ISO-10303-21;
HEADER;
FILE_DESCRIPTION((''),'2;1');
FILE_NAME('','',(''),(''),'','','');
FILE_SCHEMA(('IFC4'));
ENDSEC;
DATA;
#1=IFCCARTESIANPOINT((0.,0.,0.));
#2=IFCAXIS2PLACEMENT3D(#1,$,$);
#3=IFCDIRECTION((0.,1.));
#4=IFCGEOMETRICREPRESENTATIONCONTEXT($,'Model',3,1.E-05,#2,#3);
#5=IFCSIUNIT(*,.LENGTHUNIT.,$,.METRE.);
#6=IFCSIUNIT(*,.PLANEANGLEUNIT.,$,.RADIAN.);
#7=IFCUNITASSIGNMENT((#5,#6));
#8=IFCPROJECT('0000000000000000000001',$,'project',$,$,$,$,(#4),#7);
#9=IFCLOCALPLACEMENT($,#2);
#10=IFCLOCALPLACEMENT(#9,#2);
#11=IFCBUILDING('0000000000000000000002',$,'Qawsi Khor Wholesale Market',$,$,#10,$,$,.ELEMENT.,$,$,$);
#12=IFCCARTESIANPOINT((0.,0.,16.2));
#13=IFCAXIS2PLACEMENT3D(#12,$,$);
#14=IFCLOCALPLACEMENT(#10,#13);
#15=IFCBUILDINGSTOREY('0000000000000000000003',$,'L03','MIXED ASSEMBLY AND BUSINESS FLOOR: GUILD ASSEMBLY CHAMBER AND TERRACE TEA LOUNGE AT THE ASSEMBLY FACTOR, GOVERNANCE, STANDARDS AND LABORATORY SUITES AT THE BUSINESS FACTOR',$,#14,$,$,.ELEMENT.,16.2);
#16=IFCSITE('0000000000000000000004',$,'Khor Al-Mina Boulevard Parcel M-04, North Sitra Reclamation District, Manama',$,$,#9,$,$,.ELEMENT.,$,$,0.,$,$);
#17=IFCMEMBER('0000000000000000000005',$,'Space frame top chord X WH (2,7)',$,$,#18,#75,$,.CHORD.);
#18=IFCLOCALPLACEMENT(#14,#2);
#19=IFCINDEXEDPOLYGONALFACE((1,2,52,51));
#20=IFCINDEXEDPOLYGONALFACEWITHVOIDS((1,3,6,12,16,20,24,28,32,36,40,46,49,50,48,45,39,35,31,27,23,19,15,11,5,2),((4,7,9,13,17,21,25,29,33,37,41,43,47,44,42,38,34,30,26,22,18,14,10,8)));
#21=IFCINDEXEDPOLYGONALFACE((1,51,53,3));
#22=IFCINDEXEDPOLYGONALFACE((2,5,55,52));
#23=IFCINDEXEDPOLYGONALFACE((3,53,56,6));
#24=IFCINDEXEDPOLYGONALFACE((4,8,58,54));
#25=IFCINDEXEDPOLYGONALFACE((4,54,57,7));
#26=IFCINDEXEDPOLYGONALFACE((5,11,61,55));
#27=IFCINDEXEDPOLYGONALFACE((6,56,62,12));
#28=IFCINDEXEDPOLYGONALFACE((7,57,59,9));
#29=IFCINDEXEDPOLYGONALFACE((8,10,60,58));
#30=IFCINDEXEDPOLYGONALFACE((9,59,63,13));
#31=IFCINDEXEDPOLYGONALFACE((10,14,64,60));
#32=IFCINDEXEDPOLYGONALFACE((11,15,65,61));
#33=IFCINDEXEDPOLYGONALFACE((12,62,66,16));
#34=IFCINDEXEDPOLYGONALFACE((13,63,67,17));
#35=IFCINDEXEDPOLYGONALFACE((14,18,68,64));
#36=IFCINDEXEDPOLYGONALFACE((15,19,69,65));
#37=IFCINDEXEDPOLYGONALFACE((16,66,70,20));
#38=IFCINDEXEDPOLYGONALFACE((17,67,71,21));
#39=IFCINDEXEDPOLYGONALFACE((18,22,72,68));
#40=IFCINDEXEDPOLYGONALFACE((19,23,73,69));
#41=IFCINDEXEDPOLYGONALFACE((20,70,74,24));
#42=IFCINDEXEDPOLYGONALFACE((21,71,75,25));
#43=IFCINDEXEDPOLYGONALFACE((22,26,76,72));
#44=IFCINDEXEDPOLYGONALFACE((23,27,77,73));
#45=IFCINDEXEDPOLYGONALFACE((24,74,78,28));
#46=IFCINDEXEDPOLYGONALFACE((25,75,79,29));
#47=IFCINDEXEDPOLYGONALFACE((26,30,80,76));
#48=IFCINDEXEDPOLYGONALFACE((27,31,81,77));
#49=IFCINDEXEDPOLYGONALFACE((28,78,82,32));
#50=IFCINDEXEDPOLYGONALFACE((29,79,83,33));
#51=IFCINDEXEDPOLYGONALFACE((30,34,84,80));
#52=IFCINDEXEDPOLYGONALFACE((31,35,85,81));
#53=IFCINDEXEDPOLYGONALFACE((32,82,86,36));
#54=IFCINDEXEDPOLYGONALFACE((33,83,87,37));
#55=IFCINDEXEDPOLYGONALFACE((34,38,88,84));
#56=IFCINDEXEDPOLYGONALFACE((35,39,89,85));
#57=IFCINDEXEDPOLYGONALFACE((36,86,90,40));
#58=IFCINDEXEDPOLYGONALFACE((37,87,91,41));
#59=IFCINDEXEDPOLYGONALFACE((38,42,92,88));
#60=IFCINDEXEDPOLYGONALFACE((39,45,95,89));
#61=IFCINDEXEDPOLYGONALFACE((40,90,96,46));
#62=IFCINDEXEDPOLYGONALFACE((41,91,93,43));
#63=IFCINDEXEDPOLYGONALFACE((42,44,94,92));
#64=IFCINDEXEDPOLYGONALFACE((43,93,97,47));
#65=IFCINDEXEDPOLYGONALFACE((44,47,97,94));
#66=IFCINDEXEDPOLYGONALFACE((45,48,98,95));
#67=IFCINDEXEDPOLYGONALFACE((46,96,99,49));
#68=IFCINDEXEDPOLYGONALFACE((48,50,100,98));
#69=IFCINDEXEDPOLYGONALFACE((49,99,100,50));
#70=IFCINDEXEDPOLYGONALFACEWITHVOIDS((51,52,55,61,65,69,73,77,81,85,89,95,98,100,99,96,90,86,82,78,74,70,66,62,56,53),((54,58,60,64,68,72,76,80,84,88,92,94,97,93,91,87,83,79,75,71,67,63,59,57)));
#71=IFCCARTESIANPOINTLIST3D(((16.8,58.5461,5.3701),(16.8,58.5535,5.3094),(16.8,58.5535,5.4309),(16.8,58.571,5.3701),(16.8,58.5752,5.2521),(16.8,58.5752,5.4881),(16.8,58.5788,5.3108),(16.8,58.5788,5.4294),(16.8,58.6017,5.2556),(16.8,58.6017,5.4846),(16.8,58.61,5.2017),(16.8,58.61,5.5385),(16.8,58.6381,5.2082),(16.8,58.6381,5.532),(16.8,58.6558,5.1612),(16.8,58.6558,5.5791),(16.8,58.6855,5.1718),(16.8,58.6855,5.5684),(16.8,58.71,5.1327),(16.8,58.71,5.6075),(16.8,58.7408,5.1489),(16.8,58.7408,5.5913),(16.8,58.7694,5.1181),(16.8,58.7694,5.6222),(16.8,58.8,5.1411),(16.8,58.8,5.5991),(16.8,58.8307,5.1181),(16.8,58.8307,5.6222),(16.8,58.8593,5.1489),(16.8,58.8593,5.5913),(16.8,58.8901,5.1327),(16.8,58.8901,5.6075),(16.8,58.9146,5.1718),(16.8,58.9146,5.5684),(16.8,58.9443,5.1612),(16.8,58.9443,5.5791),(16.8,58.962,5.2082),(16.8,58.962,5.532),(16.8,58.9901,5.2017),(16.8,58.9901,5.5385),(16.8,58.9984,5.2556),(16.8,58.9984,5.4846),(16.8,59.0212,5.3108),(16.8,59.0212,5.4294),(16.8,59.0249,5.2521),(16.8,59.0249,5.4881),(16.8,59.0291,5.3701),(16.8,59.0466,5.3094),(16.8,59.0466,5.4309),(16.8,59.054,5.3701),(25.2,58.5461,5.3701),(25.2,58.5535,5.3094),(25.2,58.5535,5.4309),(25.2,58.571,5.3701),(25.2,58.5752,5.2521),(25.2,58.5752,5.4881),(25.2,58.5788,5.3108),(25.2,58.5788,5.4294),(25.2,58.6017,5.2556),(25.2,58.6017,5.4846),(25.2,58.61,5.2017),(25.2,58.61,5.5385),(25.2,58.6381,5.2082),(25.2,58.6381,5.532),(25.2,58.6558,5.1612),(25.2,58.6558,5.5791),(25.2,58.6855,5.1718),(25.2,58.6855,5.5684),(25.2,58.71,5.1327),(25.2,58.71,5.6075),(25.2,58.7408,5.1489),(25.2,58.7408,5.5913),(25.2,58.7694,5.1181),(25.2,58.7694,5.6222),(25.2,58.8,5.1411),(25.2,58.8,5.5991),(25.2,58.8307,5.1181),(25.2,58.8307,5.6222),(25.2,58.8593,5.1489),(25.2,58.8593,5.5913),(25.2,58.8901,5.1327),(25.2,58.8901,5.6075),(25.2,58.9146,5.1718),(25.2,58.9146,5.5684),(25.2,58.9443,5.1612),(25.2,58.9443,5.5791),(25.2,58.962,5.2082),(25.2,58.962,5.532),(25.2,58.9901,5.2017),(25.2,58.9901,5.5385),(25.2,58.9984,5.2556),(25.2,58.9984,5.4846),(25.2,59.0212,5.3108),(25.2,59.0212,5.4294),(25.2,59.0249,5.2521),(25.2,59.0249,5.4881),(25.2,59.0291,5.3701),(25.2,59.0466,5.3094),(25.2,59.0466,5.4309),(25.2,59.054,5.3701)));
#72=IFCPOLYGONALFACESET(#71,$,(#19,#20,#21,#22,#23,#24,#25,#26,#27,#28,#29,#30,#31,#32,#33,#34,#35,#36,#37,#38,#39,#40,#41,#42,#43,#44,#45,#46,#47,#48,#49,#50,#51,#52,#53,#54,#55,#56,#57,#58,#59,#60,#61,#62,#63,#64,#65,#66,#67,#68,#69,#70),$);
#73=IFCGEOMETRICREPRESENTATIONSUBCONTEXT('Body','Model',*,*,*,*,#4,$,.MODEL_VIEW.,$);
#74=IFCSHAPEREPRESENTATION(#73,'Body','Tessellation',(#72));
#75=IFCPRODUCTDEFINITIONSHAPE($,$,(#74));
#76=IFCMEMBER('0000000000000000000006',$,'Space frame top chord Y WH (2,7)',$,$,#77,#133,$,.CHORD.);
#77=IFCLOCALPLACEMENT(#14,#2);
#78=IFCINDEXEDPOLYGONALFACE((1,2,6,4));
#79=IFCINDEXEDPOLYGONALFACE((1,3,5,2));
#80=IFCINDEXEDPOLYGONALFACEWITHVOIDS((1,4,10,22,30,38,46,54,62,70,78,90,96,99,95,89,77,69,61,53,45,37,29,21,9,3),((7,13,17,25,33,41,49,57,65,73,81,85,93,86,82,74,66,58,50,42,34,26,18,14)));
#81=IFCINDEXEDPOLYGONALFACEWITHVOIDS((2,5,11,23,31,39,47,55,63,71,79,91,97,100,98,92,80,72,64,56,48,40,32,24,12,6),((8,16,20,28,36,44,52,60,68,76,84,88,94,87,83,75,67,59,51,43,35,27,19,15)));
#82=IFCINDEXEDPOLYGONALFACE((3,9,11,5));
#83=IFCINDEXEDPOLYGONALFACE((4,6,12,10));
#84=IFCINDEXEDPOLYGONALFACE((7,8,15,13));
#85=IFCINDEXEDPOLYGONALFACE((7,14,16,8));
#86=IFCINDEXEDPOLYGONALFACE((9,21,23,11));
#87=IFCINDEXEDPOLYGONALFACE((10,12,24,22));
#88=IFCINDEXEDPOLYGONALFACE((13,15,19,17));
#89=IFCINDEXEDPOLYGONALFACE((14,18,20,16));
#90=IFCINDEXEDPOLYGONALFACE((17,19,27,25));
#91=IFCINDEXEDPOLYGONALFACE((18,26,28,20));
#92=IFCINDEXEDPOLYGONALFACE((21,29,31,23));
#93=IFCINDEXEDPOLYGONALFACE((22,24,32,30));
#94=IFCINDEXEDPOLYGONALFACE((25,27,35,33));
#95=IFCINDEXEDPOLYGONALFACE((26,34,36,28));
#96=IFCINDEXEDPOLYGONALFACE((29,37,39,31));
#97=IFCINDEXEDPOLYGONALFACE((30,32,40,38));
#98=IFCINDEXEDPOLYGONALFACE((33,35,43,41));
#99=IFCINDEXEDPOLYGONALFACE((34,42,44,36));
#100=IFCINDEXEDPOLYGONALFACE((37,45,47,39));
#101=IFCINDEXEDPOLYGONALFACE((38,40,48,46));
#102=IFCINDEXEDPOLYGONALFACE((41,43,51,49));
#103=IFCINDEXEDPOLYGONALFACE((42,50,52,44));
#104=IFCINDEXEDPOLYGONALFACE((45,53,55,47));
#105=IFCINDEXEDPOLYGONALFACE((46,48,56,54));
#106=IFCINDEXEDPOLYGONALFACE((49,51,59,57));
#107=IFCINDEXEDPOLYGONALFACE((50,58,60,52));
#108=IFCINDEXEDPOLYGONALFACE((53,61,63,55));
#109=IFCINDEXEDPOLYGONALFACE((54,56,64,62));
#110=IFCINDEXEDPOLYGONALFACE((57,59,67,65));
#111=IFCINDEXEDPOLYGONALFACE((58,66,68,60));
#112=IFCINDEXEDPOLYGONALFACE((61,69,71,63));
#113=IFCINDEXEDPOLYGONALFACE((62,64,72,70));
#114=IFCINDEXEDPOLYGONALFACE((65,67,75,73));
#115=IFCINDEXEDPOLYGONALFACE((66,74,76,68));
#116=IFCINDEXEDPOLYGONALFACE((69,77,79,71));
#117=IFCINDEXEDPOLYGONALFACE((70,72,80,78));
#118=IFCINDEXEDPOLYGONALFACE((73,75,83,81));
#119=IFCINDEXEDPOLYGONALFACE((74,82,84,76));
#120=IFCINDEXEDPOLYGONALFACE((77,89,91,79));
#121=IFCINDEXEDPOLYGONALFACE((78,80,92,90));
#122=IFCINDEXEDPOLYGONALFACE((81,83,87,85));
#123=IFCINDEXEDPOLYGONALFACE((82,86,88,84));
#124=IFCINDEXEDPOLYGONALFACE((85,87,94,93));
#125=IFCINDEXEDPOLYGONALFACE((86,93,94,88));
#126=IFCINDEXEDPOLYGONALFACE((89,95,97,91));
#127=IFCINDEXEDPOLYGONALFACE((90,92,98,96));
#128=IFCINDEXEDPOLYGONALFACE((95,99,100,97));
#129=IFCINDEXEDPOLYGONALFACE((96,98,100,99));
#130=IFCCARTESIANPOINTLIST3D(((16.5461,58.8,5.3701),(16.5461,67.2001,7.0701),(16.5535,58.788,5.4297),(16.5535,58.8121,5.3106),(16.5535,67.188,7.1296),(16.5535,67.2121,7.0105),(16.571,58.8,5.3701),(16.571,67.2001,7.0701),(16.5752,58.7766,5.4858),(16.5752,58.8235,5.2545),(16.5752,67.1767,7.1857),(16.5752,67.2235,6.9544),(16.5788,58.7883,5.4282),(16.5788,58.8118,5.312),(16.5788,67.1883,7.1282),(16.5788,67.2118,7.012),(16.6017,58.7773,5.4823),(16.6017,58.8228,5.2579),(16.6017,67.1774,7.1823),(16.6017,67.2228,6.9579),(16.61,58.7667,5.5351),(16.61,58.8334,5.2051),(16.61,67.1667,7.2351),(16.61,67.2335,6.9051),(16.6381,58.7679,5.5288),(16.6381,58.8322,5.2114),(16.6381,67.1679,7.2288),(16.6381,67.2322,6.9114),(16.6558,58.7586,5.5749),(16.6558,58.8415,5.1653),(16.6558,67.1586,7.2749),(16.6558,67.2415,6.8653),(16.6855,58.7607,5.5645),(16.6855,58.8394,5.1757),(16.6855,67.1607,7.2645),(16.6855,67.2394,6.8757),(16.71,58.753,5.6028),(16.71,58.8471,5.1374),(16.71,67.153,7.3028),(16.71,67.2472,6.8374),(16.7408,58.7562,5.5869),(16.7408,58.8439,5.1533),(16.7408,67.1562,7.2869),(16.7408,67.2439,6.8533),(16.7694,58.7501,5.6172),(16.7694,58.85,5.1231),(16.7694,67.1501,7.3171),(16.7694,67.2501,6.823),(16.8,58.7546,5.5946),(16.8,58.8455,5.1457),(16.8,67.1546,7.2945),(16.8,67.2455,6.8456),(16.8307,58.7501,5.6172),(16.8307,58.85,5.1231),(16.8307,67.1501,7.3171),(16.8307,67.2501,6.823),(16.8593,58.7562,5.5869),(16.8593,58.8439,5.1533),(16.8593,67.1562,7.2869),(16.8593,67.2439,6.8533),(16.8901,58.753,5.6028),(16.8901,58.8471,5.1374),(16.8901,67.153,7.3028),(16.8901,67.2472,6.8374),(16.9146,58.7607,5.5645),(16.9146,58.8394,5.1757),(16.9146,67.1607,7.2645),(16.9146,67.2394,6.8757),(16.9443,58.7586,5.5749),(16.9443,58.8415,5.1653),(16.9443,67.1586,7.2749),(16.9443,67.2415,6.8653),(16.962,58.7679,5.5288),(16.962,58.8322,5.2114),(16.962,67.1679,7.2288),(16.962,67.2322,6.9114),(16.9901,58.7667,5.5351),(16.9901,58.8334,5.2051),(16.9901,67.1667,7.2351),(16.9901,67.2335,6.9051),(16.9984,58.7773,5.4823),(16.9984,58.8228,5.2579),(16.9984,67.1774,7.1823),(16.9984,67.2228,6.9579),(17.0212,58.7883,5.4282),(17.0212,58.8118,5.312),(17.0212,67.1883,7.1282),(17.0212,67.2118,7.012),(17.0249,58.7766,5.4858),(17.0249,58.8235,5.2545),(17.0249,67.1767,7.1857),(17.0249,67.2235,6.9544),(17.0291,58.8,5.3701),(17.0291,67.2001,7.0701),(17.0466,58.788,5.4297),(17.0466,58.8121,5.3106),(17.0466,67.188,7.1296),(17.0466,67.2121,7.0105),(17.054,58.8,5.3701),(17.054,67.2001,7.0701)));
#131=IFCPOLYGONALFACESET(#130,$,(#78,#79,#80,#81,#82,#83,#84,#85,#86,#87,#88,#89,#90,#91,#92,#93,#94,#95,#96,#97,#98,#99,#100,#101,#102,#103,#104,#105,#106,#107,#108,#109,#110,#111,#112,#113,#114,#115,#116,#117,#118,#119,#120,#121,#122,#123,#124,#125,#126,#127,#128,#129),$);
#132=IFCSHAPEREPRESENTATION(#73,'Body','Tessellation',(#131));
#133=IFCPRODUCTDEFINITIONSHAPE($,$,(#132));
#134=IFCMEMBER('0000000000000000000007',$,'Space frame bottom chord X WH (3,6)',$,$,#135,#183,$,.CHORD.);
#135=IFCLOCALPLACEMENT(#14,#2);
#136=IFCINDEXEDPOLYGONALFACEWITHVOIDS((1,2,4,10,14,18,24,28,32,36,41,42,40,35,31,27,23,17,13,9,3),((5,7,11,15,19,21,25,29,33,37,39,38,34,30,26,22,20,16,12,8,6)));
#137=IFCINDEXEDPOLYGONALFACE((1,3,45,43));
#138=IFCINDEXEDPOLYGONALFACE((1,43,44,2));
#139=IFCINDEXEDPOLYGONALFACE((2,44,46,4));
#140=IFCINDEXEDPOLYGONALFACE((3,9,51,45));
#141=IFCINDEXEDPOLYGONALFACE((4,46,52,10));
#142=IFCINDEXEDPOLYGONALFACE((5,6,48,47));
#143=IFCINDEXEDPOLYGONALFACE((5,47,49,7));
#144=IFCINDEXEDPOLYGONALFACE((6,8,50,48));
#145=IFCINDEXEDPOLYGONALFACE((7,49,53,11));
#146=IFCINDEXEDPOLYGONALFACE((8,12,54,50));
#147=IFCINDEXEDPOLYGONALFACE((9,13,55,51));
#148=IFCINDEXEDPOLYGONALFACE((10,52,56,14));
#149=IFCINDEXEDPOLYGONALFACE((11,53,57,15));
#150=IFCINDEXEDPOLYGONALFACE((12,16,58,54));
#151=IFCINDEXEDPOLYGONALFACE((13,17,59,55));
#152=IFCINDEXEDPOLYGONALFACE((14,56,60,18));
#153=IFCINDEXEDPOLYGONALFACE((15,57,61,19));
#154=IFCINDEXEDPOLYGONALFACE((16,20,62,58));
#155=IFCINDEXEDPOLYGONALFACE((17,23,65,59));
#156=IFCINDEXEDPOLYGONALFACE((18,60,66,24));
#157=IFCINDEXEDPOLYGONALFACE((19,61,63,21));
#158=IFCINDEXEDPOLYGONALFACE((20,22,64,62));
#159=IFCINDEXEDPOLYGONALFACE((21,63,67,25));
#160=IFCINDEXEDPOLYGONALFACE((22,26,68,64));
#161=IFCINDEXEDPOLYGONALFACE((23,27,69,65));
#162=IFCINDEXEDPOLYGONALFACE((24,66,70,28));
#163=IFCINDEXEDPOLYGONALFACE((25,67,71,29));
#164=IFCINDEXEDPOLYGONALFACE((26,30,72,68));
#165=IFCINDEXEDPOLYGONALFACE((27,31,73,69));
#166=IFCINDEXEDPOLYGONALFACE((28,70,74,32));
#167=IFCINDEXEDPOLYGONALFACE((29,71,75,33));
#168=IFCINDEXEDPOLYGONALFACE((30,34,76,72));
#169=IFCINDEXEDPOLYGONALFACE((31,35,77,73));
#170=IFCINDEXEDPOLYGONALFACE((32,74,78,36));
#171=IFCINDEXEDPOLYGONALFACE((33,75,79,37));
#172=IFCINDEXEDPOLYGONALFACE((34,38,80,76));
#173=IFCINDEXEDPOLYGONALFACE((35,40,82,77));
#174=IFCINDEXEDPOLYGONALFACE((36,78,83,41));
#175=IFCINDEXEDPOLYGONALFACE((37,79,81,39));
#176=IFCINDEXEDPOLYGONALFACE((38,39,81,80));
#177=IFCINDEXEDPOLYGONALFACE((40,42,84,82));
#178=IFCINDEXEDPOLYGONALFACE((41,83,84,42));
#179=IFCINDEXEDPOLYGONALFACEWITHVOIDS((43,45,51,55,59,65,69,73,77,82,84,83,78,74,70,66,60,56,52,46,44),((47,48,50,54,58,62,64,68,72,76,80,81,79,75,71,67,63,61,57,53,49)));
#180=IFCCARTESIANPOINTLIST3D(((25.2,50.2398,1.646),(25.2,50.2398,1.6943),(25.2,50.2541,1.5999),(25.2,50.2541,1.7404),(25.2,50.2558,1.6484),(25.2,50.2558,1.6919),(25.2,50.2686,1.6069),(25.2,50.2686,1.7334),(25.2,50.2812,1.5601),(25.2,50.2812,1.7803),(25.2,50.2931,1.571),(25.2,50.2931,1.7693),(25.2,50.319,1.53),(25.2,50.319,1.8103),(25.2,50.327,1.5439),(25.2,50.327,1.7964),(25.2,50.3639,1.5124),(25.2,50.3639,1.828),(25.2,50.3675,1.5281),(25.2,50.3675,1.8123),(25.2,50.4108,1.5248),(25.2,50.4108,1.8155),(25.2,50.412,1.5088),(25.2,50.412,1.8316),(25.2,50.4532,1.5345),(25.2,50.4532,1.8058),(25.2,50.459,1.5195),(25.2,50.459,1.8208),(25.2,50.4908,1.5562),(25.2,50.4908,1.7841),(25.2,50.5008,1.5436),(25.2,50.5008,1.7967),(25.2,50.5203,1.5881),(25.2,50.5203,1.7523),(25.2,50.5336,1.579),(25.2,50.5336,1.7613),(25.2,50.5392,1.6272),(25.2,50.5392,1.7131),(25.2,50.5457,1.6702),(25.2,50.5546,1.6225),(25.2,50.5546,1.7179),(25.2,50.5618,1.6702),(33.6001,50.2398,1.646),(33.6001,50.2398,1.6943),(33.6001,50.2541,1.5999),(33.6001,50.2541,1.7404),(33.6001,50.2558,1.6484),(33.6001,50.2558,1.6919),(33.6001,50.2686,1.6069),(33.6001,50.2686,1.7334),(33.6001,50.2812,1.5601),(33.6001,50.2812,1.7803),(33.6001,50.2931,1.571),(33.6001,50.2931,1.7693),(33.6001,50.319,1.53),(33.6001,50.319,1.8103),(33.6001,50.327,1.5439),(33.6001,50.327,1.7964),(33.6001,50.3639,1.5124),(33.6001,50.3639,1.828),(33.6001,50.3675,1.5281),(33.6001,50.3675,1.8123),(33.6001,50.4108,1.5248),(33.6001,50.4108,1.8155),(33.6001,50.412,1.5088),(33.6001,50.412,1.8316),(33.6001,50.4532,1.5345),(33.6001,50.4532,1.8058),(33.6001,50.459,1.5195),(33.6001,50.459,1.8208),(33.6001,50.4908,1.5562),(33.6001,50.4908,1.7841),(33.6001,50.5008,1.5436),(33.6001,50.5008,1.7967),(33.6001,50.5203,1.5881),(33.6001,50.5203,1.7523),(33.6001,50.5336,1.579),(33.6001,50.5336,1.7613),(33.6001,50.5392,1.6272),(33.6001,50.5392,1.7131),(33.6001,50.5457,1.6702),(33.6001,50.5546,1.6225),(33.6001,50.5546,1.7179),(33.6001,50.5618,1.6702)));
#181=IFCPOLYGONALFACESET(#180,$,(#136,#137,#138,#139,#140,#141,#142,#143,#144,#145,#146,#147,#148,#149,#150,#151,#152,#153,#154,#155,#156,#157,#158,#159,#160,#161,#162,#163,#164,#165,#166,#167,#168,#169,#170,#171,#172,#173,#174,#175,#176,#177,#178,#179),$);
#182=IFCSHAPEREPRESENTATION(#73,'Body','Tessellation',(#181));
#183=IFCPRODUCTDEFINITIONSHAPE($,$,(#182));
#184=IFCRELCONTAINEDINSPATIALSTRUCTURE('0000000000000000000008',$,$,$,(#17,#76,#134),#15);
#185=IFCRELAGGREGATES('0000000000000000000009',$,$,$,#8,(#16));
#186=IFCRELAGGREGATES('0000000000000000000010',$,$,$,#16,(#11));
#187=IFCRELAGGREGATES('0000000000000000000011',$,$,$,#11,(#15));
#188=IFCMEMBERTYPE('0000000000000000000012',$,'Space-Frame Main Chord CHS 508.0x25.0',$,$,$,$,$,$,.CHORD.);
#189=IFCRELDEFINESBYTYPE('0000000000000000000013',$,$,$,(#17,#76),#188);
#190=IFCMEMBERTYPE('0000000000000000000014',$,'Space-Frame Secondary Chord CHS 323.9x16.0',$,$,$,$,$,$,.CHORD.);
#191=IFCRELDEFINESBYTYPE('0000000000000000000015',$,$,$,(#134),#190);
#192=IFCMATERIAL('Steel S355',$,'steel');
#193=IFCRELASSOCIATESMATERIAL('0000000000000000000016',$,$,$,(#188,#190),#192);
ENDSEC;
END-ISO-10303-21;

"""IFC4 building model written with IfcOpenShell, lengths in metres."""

from ifc_helpers import new_model, si_unit, direction, frame, origin, origin_2d, place, context, subcontext, project, spatial, hollow_circle, extrude, material, material_profile, profile_set, type_object, element, save


model = new_model("IFC4")

# Units and contexts
model_context = context("Model", 3, precision=1e-05, world=origin(), true_north=direction((0.0, 1.0)))
body_context = subcontext(model_context, "Body", "Model", "MODEL_VIEW")
ifc_project = project(units=[si_unit("LENGTHUNIT", "METRE"), si_unit("PLANEANGLEUNIT", "RADIAN")], contexts=[model_context])

# Site, building, storey
site_placement = place(None, origin())
site = spatial("IfcSite", under=ifc_project, at=site_placement, Name="Khor Al-Mina Boulevard Parcel M-04, North Sitra Reclamation District, Manama", CompositionType="ELEMENT", RefElevation=0.0)
building_placement = place(site_placement, origin())
building = spatial("IfcBuilding", under=site, at=building_placement, Name="Qawsi Khor Wholesale Market", CompositionType="ELEMENT")
storey_placement = place(building_placement, frame((0.0, 0.0, 16.2)))
storey = spatial("IfcBuildingStorey", under=building, at=storey_placement, Name="L03", Description="MIXED ASSEMBLY AND BUSINESS FLOOR: GUILD ASSEMBLY CHAMBER AND TERRACE TEA LOUNGE AT THE ASSEMBLY FACTOR, GOVERNANCE, STANDARDS AND LABORATORY SUITES AT THE BUSINESS FACTOR", CompositionType="ELEMENT", Elevation=16.2)

# Members
ifc_material_1 = material(Name="Steel S355", Category="steel")
ifc_material_profile_1 = material_profile(ifc_material_1, hollow_circle(Radius=0.2539, WallThickness=0.0249, at=origin_2d()), Name="CHS 508.0x25.0")
ifc_profile_set_1 = profile_set([ifc_material_profile_1], Name="Steel S355")
member_type_1 = type_object("IfcMemberType", Name="Space-Frame Main Chord CHS 508.0x25.0", PredefinedType="CHORD", material=ifc_profile_set_1)
member_1_placement = place(storey_placement, frame((16.8, 58.8, 5.3701), z_axis=(1.0, 0.0, 0.0), x_axis=(0.0, 1.0, 0.0)))
element("IfcMember", 1, at=member_1_placement, inside=storey, type_object=member_type_1, Name="Space frame top chord X WH (2,7)", PredefinedType="CHORD", context=body_context, shape_type="SweptSolid", body=[
    extrude(hollow_circle(Radius=0.2539, WallThickness=0.0249, at=origin_2d()), origin(), (0.0, 0.0, 1.0), 8.3999),
])
member_2_placement = place(storey_placement, frame((16.8, 58.8, 5.3701), z_axis=(0.0, 0.98013, 0.198356), x_axis=(-1.0, 0.0, 0.0)))
element("IfcMember", 2, at=member_2_placement, inside=storey, type_object=member_type_1, Name="Space frame top chord Y WH (2,7)", PredefinedType="CHORD", context=body_context, shape_type="SweptSolid", body=[
    extrude(hollow_circle(Radius=0.2539, WallThickness=0.0249, at=origin_2d()), origin(), (0.0, 0.0, 1.0), 8.5703),
])
ifc_material_profile_2 = material_profile(ifc_material_1, hollow_circle(Radius=0.1619, WallThickness=0.0161, at=origin_2d()), Name="CHS 323.9x16.0")
ifc_profile_set_2 = profile_set([ifc_material_profile_2], Name="Steel S355")
member_type_2 = type_object("IfcMemberType", Name="Space-Frame Secondary Chord CHS 323.9x16.0", PredefinedType="CHORD", material=ifc_profile_set_2)
member_3_placement = place(storey_placement, frame((25.2, 50.3999, 1.6702), z_axis=(1.0, 0.0, 0.0), x_axis=(0.0, 1.0, 0.0)))
element("IfcMember", 3, at=member_3_placement, inside=storey, type_object=member_type_2, Name="Space frame bottom chord X WH (3,6)", PredefinedType="CHORD", context=body_context, shape_type="SweptSolid", body=[
    extrude(hollow_circle(Radius=0.1619, WallThickness=0.0161, at=origin_2d()), origin(), (0.0, 0.0, 1.0), 8.4001),
])

save(model, "model.ifc")
